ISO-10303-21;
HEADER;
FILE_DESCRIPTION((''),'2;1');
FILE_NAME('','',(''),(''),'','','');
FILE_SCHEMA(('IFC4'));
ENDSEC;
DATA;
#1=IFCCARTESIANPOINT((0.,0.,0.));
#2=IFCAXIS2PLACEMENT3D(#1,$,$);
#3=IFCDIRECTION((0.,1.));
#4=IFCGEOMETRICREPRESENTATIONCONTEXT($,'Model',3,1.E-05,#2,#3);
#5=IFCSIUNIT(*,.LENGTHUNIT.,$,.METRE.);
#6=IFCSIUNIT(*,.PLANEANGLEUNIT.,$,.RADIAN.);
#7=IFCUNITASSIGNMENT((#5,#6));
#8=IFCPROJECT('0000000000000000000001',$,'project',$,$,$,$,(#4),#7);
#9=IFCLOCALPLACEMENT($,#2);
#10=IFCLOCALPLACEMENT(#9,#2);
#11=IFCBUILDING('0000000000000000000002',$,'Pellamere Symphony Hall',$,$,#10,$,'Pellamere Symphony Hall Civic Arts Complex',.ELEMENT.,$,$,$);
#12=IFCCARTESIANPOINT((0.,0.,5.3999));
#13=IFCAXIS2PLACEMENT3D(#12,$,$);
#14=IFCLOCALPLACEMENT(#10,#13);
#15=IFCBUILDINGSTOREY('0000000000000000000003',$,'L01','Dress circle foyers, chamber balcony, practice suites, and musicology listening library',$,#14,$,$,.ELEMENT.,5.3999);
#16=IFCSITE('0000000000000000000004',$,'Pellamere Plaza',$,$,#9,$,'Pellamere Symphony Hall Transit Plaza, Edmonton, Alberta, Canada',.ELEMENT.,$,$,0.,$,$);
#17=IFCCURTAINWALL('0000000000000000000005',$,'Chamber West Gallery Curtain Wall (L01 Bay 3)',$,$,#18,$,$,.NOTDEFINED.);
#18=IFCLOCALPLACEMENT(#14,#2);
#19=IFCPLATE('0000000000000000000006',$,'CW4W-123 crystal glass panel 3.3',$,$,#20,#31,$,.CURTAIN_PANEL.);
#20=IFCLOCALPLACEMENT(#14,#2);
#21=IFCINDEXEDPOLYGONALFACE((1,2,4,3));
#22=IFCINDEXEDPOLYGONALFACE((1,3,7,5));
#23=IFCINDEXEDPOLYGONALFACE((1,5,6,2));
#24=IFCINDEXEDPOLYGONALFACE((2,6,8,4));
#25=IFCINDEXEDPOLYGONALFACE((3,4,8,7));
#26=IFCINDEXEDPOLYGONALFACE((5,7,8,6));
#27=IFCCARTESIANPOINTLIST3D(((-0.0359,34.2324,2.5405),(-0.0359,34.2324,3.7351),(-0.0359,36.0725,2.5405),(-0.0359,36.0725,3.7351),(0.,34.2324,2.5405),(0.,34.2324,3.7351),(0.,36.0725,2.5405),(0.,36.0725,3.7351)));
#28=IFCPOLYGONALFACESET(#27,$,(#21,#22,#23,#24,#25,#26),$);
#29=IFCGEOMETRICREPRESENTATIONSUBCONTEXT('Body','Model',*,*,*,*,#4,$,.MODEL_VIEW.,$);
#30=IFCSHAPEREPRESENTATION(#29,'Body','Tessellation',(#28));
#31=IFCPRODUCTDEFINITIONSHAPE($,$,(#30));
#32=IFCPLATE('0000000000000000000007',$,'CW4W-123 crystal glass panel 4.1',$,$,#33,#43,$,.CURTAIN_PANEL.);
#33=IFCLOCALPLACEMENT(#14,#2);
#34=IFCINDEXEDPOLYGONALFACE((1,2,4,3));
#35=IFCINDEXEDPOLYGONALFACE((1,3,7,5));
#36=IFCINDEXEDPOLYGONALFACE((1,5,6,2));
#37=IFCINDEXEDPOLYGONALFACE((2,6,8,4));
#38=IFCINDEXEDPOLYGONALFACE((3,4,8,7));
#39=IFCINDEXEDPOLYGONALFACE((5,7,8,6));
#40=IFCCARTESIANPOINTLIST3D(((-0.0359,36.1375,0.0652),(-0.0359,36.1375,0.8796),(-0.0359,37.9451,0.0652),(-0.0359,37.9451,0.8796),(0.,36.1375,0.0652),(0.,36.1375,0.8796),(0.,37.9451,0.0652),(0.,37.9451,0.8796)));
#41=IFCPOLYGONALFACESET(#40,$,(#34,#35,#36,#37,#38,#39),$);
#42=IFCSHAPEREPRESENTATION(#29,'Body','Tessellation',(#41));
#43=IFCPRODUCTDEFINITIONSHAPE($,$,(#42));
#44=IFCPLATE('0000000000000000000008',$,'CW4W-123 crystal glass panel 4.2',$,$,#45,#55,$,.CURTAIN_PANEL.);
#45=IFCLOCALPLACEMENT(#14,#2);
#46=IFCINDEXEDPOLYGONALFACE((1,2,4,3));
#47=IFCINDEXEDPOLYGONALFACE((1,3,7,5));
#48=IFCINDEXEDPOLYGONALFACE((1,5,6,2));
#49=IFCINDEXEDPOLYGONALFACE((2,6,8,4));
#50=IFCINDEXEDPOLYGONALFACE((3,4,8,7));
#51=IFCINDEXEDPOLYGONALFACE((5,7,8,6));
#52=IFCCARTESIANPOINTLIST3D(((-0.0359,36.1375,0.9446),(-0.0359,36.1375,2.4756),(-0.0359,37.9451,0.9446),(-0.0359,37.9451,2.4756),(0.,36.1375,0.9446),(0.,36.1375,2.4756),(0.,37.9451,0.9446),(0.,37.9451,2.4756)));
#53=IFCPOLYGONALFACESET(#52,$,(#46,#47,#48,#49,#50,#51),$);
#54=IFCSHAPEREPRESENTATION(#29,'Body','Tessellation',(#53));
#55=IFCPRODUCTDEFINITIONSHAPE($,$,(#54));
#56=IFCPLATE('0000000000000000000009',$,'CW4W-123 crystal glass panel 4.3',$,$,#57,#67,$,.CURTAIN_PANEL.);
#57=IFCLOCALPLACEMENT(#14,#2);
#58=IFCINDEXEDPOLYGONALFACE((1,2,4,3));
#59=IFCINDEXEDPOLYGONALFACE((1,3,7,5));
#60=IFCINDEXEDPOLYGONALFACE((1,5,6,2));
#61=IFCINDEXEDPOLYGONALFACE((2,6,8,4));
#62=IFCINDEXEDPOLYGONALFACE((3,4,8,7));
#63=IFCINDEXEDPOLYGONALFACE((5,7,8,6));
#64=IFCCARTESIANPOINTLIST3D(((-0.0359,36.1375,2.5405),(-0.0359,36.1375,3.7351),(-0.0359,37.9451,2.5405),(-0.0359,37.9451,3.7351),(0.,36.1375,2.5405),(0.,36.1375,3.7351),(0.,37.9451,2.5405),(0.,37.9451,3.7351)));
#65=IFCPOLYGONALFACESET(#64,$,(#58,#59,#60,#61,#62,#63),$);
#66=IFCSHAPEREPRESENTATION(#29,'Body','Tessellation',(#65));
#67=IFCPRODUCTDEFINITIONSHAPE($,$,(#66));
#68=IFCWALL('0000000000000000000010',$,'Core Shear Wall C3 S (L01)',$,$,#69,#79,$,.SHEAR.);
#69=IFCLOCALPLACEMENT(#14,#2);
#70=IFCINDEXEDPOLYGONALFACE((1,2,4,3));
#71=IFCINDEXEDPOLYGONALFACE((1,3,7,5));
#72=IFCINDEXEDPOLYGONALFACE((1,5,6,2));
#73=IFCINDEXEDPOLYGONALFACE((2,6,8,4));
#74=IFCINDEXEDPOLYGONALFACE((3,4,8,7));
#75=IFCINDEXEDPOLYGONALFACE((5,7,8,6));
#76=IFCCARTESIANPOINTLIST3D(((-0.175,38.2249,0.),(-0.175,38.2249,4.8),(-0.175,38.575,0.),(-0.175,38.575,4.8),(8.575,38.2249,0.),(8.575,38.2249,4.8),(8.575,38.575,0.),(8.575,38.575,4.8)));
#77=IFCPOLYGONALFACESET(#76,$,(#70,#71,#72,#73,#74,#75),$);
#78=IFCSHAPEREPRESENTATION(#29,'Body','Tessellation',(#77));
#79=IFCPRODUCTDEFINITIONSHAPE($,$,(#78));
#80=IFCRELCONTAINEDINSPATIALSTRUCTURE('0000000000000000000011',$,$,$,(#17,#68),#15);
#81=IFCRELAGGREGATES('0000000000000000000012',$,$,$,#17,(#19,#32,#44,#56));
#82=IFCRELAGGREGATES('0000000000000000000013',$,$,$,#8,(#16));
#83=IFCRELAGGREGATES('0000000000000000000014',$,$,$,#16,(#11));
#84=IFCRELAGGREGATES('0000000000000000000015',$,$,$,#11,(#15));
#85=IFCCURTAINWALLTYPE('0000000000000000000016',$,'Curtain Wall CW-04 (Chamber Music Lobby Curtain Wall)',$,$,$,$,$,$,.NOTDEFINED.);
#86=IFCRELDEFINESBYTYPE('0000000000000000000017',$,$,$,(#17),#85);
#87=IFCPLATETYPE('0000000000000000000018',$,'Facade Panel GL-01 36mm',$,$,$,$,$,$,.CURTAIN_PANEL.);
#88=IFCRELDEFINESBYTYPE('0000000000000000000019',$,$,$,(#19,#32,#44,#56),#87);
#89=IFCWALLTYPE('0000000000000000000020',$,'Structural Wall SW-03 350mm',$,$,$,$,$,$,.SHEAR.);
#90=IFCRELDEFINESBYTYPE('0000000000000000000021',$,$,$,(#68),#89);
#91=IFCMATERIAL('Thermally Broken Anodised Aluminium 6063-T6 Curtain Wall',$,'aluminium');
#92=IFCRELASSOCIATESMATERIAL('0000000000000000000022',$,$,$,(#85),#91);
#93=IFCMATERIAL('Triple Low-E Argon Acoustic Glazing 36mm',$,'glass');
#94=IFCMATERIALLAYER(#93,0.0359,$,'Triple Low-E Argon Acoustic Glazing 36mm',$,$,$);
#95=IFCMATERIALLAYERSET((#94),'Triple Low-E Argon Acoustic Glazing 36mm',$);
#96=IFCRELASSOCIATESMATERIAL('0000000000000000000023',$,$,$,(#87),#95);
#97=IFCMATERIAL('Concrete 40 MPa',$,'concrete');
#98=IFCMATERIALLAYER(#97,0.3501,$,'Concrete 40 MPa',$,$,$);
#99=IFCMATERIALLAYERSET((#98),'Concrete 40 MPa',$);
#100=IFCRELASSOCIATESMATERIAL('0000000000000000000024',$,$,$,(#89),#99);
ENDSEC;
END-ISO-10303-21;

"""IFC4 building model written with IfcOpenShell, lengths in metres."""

from ifc_helpers import new_model, si_unit, direction, frame, frame_2d, origin, place, context, subcontext, project, spatial, polyline, rectangle, outline, extrude, material, layer, layer_set, type_object, element, aggregate, save


model = new_model("IFC4")

# Units and contexts
model_context = context("Model", 3, precision=1e-05, world=origin(), true_north=direction((0.0, 1.0)))
body_context = subcontext(model_context, "Body", "Model", "MODEL_VIEW")
ifc_project = project(units=[si_unit("LENGTHUNIT", "METRE"), si_unit("PLANEANGLEUNIT", "RADIAN")], contexts=[model_context])

# Site, building, storey
site_placement = place(None, origin())
site = spatial("IfcSite", under=ifc_project, at=site_placement, Name="Pellamere Plaza", LongName="Pellamere Symphony Hall Transit Plaza, Edmonton, Alberta, Canada", CompositionType="ELEMENT", RefElevation=0.0)
building_placement = place(site_placement, origin())
building = spatial("IfcBuilding", under=site, at=building_placement, Name="Pellamere Symphony Hall", LongName="Pellamere Symphony Hall Civic Arts Complex", CompositionType="ELEMENT")
storey_placement = place(building_placement, frame((0.0, 0.0, 5.3999)))
storey = spatial("IfcBuildingStorey", under=building, at=storey_placement, Name="L01", Description="Dress circle foyers, chamber balcony, practice suites, and musicology listening library", CompositionType="ELEMENT", Elevation=5.3999)

# Shared definitions
ifc_material_1 = material(Name="Concrete 40 MPa", Category="concrete")

# Shared definitions
ifc_material_2 = material(Name="Thermally Broken Anodised Aluminium 6063-T6 Curtain Wall", Category="aluminium")
curtain_wall_type = type_object("IfcCurtainWallType", Name="Curtain Wall CW-04 (Chamber Music Lobby Curtain Wall)", PredefinedType="NOTDEFINED", material=ifc_material_2)

# Curtain wall
curtain_wall_1_placement = place(storey_placement, origin())
curtain_wall_1 = element("IfcCurtainWall", 1, at=curtain_wall_1_placement, inside=storey, type_object=curtain_wall_type, Name="Chamber West Gallery Curtain Wall (L01 Bay 3)", PredefinedType="NOTDEFINED")

# Plates
ifc_material_3 = material(Name="Triple Low-E Argon Acoustic Glazing 36mm", Category="glass")
ifc_layer_1 = layer(ifc_material_3, 0.0359, Name="Triple Low-E Argon Acoustic Glazing 36mm")
ifc_layer_set_1 = layer_set([ifc_layer_1], Name="Triple Low-E Argon Acoustic Glazing 36mm")
plate_type = type_object("IfcPlateType", Name="Facade Panel GL-01 36mm", PredefinedType="CURTAIN_PANEL", material=ifc_layer_set_1)
plate_1_placement = place(storey_placement, frame((0.0, 34.2324, 2.5405), z_axis=(1.0, 0.0, 0.0), x_axis=(0.0, 1.0, 0.0)))
plate_1 = element("IfcPlate", 2, at=plate_1_placement, type_object=plate_type, Name="CW4W-123 crystal glass panel 3.3", PredefinedType="CURTAIN_PANEL", context=body_context, shape_type="SweptSolid", body=[
    extrude(outline(polyline([(0.0, 0.0), (1.8401, 0.0), (1.8401, 1.1946), (0.0, 1.1946), (0.0, 0.0)])), origin(), (0.0, 0.0, -1.0), 0.0359),
])
plate_2_placement = place(storey_placement, frame((0.0, 36.1375, 0.0652), z_axis=(1.0, 0.0, 0.0), x_axis=(0.0, 1.0, 0.0)))
plate_2 = element("IfcPlate", 3, at=plate_2_placement, type_object=plate_type, Name="CW4W-123 crystal glass panel 4.1", PredefinedType="CURTAIN_PANEL", context=body_context, shape_type="SweptSolid", body=[
    extrude(outline(polyline([(0.0, 0.0), (1.8076, 0.0), (1.8076, 0.8145), (0.0, 0.8145), (0.0, 0.0)])), origin(), (0.0, 0.0, -1.0), 0.0359),
])
plate_3_placement = place(storey_placement, frame((0.0, 36.1375, 0.9446), z_axis=(1.0, 0.0, 0.0), x_axis=(0.0, 1.0, 0.0)))
plate_3 = element("IfcPlate", 4, at=plate_3_placement, type_object=plate_type, Name="CW4W-123 crystal glass panel 4.2", PredefinedType="CURTAIN_PANEL", context=body_context, shape_type="SweptSolid", body=[
    extrude(outline(polyline([(0.0, 0.0), (1.8076, 0.0), (1.8076, 1.531), (0.0, 1.531), (0.0, 0.0)])), origin(), (0.0, 0.0, -1.0), 0.0359),
])
plate_4_placement = place(storey_placement, frame((0.0, 36.1375, 2.5405), z_axis=(1.0, 0.0, 0.0), x_axis=(0.0, 1.0, 0.0)))
plate_4 = element("IfcPlate", 5, at=plate_4_placement, type_object=plate_type, Name="CW4W-123 crystal glass panel 4.3", PredefinedType="CURTAIN_PANEL", context=body_context, shape_type="SweptSolid", body=[
    extrude(outline(polyline([(0.0, 0.0), (1.8076, 0.0), (1.8076, 1.1946), (0.0, 1.1946), (0.0, 0.0)])), origin(), (0.0, 0.0, -1.0), 0.0359),
])
aggregate(curtain_wall_1, [plate_1, plate_2, plate_3, plate_4])

# Wall
ifc_layer_2 = layer(ifc_material_1, 0.3501, Name="Concrete 40 MPa")
ifc_layer_set_2 = layer_set([ifc_layer_2], Name="Concrete 40 MPa")
wall_type = type_object("IfcWallType", Name="Structural Wall SW-03 350mm", PredefinedType="SHEAR", material=ifc_layer_set_2)
wall_placement = place(storey_placement, frame((-0.175, 38.3999, 0.0), z_axis=(0.0, 0.0, 1.0), x_axis=(1.0, 0.0, 0.0)))
element("IfcWall", 6, at=wall_placement, inside=storey, type_object=wall_type, Name="Core Shear Wall C3 S (L01)", PredefinedType="SHEAR", context=body_context, shape_type="SweptSolid", body=[
    extrude(rectangle(XDim=8.75, YDim=0.3501, at=frame_2d((4.375, 0.0))), origin(), (0.0, 0.0, 1.0), 4.8),
])

save(model, "model.ifc")
